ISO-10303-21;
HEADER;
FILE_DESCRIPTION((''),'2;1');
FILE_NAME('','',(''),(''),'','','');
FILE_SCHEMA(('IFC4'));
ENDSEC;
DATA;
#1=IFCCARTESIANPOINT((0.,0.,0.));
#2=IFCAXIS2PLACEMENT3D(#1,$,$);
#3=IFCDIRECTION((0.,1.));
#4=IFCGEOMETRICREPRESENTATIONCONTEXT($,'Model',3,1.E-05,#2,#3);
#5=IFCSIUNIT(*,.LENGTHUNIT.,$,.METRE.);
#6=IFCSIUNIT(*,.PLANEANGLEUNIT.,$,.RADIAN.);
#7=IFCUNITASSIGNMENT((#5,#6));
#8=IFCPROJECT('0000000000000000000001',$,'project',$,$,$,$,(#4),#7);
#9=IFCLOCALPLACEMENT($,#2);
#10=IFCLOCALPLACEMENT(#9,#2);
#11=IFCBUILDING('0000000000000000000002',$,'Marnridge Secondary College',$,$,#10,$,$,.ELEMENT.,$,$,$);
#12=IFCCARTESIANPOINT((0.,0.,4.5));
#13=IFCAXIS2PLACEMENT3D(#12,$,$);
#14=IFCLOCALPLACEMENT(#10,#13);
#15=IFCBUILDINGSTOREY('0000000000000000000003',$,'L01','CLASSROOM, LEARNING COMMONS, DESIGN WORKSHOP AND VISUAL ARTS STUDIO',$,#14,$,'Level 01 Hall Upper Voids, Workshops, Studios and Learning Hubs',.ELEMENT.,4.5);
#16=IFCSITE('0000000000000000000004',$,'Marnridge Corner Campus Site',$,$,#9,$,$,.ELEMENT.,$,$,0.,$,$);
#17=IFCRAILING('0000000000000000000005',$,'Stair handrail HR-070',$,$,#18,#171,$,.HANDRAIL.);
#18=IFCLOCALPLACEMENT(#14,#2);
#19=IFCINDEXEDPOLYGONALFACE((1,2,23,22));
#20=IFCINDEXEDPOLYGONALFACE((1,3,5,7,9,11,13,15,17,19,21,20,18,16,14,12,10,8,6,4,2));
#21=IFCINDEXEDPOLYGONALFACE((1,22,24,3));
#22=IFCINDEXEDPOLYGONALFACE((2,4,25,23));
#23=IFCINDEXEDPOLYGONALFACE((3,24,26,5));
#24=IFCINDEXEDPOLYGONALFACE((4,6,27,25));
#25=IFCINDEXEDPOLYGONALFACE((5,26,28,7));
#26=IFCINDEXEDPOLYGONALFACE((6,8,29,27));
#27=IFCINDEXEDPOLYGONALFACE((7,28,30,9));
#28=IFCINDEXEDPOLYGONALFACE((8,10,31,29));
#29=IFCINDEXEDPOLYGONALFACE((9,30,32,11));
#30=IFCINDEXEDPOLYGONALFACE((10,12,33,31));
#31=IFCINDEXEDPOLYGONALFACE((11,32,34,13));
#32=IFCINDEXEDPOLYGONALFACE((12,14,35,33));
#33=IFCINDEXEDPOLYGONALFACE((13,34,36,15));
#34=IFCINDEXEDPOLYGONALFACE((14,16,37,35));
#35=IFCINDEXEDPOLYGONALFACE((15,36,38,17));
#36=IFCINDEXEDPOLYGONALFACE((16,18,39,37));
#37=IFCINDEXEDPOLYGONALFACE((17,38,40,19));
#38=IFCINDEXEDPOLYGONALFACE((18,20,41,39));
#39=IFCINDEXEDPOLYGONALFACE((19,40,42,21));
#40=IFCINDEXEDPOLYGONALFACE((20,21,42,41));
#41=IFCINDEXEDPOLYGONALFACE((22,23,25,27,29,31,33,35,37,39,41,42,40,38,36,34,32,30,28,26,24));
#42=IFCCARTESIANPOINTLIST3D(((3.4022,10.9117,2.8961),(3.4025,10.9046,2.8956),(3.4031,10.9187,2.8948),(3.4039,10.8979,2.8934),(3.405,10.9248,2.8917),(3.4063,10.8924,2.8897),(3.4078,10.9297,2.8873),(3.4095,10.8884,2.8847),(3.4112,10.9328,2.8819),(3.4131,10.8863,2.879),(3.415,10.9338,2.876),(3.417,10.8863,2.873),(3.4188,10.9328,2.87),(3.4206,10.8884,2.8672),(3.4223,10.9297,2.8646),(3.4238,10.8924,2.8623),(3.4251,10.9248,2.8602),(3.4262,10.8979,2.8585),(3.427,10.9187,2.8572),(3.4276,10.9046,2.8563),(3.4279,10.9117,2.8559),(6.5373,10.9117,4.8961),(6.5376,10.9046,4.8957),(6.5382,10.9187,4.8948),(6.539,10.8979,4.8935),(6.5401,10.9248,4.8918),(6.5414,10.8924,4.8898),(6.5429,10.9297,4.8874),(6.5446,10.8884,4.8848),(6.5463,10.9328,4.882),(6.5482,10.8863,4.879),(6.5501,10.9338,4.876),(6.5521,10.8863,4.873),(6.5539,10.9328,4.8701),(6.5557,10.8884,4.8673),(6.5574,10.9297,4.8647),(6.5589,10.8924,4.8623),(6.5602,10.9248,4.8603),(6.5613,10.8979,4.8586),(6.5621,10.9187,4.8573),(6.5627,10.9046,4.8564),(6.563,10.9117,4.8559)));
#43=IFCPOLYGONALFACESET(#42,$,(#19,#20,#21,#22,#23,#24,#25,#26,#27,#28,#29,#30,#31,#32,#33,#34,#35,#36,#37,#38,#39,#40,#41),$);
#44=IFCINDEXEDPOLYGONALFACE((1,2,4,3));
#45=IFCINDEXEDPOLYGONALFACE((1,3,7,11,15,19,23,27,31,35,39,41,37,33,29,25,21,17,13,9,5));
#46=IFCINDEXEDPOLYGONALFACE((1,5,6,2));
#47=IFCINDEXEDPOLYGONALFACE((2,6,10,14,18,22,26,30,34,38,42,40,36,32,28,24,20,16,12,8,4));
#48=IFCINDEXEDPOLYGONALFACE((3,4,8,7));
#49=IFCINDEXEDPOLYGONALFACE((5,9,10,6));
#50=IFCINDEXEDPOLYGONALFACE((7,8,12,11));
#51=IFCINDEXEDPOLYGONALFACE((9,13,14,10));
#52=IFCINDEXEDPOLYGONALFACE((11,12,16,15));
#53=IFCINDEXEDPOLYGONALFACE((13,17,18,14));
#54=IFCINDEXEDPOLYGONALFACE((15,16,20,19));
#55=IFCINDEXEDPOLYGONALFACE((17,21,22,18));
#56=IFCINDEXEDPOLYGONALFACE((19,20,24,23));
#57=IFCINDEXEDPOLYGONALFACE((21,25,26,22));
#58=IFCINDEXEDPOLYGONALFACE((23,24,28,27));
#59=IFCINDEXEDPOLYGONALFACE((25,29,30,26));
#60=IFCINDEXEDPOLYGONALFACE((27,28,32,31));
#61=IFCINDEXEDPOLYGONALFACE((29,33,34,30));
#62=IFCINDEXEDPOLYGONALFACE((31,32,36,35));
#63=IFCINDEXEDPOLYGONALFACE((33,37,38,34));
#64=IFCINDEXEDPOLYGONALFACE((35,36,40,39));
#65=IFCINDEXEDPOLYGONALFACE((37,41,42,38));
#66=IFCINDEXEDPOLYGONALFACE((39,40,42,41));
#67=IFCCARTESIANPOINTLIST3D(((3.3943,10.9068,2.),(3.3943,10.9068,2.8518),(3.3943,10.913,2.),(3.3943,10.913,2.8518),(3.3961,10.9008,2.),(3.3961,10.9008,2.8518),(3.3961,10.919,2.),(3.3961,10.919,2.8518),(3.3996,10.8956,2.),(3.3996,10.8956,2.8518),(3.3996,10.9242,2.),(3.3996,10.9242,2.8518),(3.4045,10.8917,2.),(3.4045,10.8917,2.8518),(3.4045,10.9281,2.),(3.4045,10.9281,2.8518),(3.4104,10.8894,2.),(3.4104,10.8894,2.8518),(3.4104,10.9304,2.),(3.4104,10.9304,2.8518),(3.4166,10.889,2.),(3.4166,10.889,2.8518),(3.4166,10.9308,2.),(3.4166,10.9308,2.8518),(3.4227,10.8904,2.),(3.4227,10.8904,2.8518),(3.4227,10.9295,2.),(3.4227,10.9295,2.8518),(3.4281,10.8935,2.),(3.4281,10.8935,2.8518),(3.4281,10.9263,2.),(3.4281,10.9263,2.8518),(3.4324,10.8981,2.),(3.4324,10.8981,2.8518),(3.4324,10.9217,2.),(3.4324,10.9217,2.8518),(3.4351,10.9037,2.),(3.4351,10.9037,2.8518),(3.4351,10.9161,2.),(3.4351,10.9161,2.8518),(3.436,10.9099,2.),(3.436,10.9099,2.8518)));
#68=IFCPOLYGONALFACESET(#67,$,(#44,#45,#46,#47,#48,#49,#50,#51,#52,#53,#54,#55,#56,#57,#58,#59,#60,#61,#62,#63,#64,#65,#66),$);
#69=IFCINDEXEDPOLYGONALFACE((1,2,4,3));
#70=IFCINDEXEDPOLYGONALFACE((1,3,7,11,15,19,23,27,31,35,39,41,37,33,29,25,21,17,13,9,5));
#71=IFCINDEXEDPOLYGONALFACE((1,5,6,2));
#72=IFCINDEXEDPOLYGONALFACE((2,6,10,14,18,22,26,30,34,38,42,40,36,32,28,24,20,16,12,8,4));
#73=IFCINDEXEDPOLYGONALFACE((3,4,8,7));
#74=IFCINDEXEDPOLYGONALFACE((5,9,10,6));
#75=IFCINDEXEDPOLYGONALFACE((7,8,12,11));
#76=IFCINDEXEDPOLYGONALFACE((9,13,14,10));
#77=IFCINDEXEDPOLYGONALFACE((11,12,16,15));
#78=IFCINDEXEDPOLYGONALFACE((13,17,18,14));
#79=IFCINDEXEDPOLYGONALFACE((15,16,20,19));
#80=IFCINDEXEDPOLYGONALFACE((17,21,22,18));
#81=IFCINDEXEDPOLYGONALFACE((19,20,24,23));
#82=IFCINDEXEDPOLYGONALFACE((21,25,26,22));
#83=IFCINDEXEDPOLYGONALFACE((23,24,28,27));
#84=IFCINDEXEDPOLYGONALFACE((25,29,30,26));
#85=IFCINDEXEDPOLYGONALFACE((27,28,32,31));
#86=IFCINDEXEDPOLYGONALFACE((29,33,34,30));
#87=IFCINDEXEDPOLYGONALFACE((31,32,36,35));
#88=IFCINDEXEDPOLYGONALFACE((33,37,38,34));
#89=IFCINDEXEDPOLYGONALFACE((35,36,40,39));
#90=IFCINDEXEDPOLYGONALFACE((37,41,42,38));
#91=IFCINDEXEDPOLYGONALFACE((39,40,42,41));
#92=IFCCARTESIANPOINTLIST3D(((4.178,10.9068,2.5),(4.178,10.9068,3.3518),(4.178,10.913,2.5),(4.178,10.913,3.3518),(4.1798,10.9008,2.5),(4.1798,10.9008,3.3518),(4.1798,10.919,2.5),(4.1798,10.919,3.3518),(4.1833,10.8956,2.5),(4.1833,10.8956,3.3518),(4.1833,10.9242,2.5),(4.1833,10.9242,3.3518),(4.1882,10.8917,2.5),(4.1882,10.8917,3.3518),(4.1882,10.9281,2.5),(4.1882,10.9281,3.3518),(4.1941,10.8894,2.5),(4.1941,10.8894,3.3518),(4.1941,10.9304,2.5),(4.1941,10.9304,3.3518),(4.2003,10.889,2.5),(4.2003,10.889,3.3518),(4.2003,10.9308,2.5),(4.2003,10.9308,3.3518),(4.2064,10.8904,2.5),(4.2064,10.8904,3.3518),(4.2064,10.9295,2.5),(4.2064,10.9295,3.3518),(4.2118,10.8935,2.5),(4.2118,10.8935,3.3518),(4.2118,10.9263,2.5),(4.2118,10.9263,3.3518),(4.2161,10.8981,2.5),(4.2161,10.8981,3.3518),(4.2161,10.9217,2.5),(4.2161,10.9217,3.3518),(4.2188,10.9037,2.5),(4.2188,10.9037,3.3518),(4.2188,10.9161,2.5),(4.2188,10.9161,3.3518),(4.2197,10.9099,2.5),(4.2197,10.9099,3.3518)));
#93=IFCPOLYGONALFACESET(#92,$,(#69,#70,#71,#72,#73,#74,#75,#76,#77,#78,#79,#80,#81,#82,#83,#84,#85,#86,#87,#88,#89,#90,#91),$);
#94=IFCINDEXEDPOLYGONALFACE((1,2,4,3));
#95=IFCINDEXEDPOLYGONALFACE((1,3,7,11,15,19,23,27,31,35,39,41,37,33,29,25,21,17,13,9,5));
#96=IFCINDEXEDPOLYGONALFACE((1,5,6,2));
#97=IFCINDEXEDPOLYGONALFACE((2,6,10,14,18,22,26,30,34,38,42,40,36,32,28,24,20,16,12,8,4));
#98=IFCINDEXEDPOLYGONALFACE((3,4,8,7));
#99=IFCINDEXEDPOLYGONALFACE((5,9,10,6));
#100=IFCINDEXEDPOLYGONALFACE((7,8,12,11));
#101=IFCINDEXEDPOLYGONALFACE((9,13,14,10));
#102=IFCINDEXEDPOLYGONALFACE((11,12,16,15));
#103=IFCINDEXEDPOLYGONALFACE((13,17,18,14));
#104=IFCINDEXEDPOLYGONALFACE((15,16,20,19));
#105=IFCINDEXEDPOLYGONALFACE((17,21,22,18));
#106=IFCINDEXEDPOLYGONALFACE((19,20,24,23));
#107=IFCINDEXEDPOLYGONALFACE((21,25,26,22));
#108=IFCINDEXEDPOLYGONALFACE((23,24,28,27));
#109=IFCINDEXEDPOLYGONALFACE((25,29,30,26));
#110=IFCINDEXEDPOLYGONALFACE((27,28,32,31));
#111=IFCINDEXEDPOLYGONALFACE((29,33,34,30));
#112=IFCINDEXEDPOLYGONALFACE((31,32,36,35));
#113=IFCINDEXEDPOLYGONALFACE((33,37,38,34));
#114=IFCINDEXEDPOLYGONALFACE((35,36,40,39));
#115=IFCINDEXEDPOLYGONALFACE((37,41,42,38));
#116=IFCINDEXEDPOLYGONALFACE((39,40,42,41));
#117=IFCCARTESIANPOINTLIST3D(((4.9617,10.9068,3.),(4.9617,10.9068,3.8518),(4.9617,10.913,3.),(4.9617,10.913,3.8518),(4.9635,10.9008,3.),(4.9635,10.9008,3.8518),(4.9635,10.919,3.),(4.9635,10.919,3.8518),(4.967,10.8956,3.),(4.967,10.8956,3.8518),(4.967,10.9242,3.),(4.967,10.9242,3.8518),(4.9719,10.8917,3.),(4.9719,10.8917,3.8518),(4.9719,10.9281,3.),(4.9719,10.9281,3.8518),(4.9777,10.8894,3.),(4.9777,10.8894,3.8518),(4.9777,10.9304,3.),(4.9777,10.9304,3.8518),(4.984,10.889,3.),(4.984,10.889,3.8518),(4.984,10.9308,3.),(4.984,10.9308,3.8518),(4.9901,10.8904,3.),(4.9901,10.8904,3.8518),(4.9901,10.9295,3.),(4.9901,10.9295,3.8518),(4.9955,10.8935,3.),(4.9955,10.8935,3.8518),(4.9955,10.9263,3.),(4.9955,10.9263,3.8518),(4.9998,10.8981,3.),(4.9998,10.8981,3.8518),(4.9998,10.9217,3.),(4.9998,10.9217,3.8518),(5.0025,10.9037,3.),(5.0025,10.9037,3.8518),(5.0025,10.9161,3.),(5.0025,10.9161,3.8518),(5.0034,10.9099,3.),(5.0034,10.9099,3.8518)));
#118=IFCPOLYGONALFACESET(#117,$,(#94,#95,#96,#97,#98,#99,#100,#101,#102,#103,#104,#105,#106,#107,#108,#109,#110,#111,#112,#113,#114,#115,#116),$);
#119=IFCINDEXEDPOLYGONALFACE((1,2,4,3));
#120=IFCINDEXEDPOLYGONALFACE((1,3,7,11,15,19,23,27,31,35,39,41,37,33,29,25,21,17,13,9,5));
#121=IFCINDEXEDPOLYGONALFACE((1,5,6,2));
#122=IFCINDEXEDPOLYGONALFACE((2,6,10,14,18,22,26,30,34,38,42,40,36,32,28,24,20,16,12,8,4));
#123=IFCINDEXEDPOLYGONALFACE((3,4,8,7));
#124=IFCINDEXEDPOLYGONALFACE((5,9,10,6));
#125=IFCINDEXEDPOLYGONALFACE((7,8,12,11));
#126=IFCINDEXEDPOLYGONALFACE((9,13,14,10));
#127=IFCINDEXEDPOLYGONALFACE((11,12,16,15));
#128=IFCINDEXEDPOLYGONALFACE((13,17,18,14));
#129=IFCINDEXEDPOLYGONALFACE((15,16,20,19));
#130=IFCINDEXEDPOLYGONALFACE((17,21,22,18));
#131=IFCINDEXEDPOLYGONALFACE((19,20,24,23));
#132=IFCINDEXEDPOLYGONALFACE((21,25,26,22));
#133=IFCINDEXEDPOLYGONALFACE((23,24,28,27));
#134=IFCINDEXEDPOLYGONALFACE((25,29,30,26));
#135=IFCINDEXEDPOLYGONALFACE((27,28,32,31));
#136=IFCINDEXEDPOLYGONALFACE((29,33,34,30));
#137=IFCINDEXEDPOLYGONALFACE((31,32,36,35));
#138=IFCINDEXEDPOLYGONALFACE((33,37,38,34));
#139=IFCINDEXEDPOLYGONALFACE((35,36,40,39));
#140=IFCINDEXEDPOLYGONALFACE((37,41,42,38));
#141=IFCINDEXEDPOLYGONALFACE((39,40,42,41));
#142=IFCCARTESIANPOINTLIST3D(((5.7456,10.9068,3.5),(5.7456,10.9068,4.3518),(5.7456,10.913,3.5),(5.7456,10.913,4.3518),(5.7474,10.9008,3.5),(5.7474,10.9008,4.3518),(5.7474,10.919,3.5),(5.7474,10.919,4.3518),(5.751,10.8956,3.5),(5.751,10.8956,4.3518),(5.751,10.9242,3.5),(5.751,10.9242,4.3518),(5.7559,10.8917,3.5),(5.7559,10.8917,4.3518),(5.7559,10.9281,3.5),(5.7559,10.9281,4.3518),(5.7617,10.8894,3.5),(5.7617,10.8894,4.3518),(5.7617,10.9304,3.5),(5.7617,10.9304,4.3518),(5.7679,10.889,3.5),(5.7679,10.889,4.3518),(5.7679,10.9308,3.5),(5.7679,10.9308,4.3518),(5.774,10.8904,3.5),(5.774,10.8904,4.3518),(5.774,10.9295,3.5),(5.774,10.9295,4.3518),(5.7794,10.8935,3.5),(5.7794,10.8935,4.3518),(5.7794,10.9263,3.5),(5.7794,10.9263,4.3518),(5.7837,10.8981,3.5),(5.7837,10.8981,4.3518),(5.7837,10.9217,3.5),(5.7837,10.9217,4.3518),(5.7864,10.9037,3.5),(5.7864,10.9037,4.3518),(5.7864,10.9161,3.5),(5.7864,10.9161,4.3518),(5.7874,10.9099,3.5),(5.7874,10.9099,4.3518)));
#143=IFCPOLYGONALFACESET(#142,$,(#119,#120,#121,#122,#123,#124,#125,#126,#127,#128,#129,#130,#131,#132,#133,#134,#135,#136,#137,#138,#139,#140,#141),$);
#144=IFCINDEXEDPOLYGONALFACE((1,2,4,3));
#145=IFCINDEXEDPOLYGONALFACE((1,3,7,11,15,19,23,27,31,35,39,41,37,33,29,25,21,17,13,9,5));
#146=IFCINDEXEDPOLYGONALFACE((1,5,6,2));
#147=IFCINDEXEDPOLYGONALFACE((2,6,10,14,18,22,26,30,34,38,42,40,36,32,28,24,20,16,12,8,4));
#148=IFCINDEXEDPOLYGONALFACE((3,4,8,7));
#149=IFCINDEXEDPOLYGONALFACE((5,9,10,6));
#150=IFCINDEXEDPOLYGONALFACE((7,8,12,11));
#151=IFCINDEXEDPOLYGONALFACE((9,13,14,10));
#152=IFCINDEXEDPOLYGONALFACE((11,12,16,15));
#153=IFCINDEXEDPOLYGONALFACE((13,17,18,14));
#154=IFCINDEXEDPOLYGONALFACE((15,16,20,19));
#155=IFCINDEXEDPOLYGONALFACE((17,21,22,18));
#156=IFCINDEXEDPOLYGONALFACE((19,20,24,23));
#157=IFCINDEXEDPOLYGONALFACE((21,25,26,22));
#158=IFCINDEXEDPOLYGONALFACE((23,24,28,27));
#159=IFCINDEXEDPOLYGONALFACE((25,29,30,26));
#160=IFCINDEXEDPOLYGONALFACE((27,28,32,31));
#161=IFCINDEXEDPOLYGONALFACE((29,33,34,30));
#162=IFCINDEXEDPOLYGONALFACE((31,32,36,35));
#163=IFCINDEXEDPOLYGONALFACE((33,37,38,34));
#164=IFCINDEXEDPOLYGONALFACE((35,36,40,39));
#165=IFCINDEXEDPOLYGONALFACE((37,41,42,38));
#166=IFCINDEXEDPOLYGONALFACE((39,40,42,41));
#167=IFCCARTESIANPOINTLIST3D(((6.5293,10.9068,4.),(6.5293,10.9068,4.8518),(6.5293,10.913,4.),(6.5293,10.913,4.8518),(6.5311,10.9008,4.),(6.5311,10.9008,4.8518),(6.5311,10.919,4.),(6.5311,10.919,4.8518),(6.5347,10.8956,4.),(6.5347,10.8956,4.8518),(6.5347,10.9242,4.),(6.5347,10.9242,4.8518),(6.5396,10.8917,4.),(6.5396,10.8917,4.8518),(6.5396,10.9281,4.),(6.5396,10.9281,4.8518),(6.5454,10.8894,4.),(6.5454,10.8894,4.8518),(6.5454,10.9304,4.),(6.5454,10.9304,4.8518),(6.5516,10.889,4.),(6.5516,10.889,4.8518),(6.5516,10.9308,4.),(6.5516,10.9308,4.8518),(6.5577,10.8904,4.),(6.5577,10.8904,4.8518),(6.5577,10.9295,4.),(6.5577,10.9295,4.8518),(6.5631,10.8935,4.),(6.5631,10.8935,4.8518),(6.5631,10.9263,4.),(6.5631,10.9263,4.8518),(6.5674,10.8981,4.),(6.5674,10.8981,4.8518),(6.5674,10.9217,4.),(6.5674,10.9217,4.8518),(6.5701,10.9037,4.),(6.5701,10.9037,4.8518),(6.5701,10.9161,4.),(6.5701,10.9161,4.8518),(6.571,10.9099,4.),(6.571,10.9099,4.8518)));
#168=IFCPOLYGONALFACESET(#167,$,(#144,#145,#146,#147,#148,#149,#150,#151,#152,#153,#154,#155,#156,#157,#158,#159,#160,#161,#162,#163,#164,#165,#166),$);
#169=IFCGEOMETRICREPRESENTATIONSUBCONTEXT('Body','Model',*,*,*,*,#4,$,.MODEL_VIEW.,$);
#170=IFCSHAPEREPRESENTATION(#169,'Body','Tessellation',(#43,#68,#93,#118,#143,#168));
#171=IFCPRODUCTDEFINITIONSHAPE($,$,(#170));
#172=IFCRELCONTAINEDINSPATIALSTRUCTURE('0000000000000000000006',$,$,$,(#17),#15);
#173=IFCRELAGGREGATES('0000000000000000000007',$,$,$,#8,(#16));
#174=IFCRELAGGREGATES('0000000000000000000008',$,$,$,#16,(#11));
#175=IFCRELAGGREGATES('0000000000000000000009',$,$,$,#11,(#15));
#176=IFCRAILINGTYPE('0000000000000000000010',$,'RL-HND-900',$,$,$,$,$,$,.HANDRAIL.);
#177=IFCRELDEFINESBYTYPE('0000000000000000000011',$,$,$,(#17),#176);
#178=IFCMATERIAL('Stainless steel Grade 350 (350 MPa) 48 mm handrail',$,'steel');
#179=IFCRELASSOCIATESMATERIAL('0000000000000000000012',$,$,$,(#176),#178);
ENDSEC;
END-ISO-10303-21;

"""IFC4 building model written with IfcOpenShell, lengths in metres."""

from ifc_helpers import new_model, si_unit, direction, frame, origin, origin_2d, place, context, subcontext, project, spatial, circle, extrude, material, type_object, element, save


model = new_model("IFC4")

# Units and contexts
model_context = context("Model", 3, precision=1e-05, world=origin(), true_north=direction((0.0, 1.0)))
body_context = subcontext(model_context, "Body", "Model", "MODEL_VIEW")
ifc_project = project(units=[si_unit("LENGTHUNIT", "METRE"), si_unit("PLANEANGLEUNIT", "RADIAN")], contexts=[model_context])

# Site, building, storey
site_placement = place(None, origin())
site = spatial("IfcSite", under=ifc_project, at=site_placement, Name="Marnridge Corner Campus Site", CompositionType="ELEMENT", RefElevation=0.0)
building_placement = place(site_placement, origin())
building = spatial("IfcBuilding", under=site, at=building_placement, Name="Marnridge Secondary College", CompositionType="ELEMENT")
storey_placement = place(building_placement, frame((0.0, 0.0, 4.5)))
storey = spatial("IfcBuildingStorey", under=building, at=storey_placement, Name="L01", Description="CLASSROOM, LEARNING COMMONS, DESIGN WORKSHOP AND VISUAL ARTS STUDIO", LongName="Level 01 Hall Upper Voids, Workshops, Studios and Learning Hubs", CompositionType="ELEMENT", Elevation=4.5)

# Railing
ifc_material_1 = material(Name="Stainless steel Grade 350 (350 MPa) 48 mm handrail", Category="steel")
railing_type_1 = type_object("IfcRailingType", Name="RL-HND-900", PredefinedType="HANDRAIL", material=ifc_material_1)
railing_1_placement = place(storey_placement, frame((3.415, 10.9099, 2.0)))
element("IfcRailing", 1, at=railing_1_placement, inside=storey, type_object=railing_type_1, Name="Stair handrail HR-070", PredefinedType="HANDRAIL", context=body_context, shape_type="SweptSolid", body=[
    extrude(circle(Radius=0.0239, at=origin_2d()), frame((0.0, 0.0, 0.876), z_axis=(0.843053, 0.0, 0.537831), x_axis=(0.0, 1.0, 0.0)), (0.0, 0.0, 1.0), 3.7188),
    extrude(circle(Radius=0.021, at=origin_2d()), origin(), (0.0, 0.0, 1.0), 0.8518),
    extrude(circle(Radius=0.021, at=origin_2d()), frame((0.7837, 0.0, 0.5)), (0.0, 0.0, 1.0), 0.8518),
    extrude(circle(Radius=0.021, at=origin_2d()), frame((1.5674, 0.0, 1.0)), (0.0, 0.0, 1.0), 0.8518),
    extrude(circle(Radius=0.021, at=origin_2d()), frame((2.3513, 0.0, 1.5)), (0.0, 0.0, 1.0), 0.8518),
    extrude(circle(Radius=0.021, at=origin_2d()), frame((3.135, 0.0, 2.0)), (0.0, 0.0, 1.0), 0.8518),
])

save(model, "model.ifc")
